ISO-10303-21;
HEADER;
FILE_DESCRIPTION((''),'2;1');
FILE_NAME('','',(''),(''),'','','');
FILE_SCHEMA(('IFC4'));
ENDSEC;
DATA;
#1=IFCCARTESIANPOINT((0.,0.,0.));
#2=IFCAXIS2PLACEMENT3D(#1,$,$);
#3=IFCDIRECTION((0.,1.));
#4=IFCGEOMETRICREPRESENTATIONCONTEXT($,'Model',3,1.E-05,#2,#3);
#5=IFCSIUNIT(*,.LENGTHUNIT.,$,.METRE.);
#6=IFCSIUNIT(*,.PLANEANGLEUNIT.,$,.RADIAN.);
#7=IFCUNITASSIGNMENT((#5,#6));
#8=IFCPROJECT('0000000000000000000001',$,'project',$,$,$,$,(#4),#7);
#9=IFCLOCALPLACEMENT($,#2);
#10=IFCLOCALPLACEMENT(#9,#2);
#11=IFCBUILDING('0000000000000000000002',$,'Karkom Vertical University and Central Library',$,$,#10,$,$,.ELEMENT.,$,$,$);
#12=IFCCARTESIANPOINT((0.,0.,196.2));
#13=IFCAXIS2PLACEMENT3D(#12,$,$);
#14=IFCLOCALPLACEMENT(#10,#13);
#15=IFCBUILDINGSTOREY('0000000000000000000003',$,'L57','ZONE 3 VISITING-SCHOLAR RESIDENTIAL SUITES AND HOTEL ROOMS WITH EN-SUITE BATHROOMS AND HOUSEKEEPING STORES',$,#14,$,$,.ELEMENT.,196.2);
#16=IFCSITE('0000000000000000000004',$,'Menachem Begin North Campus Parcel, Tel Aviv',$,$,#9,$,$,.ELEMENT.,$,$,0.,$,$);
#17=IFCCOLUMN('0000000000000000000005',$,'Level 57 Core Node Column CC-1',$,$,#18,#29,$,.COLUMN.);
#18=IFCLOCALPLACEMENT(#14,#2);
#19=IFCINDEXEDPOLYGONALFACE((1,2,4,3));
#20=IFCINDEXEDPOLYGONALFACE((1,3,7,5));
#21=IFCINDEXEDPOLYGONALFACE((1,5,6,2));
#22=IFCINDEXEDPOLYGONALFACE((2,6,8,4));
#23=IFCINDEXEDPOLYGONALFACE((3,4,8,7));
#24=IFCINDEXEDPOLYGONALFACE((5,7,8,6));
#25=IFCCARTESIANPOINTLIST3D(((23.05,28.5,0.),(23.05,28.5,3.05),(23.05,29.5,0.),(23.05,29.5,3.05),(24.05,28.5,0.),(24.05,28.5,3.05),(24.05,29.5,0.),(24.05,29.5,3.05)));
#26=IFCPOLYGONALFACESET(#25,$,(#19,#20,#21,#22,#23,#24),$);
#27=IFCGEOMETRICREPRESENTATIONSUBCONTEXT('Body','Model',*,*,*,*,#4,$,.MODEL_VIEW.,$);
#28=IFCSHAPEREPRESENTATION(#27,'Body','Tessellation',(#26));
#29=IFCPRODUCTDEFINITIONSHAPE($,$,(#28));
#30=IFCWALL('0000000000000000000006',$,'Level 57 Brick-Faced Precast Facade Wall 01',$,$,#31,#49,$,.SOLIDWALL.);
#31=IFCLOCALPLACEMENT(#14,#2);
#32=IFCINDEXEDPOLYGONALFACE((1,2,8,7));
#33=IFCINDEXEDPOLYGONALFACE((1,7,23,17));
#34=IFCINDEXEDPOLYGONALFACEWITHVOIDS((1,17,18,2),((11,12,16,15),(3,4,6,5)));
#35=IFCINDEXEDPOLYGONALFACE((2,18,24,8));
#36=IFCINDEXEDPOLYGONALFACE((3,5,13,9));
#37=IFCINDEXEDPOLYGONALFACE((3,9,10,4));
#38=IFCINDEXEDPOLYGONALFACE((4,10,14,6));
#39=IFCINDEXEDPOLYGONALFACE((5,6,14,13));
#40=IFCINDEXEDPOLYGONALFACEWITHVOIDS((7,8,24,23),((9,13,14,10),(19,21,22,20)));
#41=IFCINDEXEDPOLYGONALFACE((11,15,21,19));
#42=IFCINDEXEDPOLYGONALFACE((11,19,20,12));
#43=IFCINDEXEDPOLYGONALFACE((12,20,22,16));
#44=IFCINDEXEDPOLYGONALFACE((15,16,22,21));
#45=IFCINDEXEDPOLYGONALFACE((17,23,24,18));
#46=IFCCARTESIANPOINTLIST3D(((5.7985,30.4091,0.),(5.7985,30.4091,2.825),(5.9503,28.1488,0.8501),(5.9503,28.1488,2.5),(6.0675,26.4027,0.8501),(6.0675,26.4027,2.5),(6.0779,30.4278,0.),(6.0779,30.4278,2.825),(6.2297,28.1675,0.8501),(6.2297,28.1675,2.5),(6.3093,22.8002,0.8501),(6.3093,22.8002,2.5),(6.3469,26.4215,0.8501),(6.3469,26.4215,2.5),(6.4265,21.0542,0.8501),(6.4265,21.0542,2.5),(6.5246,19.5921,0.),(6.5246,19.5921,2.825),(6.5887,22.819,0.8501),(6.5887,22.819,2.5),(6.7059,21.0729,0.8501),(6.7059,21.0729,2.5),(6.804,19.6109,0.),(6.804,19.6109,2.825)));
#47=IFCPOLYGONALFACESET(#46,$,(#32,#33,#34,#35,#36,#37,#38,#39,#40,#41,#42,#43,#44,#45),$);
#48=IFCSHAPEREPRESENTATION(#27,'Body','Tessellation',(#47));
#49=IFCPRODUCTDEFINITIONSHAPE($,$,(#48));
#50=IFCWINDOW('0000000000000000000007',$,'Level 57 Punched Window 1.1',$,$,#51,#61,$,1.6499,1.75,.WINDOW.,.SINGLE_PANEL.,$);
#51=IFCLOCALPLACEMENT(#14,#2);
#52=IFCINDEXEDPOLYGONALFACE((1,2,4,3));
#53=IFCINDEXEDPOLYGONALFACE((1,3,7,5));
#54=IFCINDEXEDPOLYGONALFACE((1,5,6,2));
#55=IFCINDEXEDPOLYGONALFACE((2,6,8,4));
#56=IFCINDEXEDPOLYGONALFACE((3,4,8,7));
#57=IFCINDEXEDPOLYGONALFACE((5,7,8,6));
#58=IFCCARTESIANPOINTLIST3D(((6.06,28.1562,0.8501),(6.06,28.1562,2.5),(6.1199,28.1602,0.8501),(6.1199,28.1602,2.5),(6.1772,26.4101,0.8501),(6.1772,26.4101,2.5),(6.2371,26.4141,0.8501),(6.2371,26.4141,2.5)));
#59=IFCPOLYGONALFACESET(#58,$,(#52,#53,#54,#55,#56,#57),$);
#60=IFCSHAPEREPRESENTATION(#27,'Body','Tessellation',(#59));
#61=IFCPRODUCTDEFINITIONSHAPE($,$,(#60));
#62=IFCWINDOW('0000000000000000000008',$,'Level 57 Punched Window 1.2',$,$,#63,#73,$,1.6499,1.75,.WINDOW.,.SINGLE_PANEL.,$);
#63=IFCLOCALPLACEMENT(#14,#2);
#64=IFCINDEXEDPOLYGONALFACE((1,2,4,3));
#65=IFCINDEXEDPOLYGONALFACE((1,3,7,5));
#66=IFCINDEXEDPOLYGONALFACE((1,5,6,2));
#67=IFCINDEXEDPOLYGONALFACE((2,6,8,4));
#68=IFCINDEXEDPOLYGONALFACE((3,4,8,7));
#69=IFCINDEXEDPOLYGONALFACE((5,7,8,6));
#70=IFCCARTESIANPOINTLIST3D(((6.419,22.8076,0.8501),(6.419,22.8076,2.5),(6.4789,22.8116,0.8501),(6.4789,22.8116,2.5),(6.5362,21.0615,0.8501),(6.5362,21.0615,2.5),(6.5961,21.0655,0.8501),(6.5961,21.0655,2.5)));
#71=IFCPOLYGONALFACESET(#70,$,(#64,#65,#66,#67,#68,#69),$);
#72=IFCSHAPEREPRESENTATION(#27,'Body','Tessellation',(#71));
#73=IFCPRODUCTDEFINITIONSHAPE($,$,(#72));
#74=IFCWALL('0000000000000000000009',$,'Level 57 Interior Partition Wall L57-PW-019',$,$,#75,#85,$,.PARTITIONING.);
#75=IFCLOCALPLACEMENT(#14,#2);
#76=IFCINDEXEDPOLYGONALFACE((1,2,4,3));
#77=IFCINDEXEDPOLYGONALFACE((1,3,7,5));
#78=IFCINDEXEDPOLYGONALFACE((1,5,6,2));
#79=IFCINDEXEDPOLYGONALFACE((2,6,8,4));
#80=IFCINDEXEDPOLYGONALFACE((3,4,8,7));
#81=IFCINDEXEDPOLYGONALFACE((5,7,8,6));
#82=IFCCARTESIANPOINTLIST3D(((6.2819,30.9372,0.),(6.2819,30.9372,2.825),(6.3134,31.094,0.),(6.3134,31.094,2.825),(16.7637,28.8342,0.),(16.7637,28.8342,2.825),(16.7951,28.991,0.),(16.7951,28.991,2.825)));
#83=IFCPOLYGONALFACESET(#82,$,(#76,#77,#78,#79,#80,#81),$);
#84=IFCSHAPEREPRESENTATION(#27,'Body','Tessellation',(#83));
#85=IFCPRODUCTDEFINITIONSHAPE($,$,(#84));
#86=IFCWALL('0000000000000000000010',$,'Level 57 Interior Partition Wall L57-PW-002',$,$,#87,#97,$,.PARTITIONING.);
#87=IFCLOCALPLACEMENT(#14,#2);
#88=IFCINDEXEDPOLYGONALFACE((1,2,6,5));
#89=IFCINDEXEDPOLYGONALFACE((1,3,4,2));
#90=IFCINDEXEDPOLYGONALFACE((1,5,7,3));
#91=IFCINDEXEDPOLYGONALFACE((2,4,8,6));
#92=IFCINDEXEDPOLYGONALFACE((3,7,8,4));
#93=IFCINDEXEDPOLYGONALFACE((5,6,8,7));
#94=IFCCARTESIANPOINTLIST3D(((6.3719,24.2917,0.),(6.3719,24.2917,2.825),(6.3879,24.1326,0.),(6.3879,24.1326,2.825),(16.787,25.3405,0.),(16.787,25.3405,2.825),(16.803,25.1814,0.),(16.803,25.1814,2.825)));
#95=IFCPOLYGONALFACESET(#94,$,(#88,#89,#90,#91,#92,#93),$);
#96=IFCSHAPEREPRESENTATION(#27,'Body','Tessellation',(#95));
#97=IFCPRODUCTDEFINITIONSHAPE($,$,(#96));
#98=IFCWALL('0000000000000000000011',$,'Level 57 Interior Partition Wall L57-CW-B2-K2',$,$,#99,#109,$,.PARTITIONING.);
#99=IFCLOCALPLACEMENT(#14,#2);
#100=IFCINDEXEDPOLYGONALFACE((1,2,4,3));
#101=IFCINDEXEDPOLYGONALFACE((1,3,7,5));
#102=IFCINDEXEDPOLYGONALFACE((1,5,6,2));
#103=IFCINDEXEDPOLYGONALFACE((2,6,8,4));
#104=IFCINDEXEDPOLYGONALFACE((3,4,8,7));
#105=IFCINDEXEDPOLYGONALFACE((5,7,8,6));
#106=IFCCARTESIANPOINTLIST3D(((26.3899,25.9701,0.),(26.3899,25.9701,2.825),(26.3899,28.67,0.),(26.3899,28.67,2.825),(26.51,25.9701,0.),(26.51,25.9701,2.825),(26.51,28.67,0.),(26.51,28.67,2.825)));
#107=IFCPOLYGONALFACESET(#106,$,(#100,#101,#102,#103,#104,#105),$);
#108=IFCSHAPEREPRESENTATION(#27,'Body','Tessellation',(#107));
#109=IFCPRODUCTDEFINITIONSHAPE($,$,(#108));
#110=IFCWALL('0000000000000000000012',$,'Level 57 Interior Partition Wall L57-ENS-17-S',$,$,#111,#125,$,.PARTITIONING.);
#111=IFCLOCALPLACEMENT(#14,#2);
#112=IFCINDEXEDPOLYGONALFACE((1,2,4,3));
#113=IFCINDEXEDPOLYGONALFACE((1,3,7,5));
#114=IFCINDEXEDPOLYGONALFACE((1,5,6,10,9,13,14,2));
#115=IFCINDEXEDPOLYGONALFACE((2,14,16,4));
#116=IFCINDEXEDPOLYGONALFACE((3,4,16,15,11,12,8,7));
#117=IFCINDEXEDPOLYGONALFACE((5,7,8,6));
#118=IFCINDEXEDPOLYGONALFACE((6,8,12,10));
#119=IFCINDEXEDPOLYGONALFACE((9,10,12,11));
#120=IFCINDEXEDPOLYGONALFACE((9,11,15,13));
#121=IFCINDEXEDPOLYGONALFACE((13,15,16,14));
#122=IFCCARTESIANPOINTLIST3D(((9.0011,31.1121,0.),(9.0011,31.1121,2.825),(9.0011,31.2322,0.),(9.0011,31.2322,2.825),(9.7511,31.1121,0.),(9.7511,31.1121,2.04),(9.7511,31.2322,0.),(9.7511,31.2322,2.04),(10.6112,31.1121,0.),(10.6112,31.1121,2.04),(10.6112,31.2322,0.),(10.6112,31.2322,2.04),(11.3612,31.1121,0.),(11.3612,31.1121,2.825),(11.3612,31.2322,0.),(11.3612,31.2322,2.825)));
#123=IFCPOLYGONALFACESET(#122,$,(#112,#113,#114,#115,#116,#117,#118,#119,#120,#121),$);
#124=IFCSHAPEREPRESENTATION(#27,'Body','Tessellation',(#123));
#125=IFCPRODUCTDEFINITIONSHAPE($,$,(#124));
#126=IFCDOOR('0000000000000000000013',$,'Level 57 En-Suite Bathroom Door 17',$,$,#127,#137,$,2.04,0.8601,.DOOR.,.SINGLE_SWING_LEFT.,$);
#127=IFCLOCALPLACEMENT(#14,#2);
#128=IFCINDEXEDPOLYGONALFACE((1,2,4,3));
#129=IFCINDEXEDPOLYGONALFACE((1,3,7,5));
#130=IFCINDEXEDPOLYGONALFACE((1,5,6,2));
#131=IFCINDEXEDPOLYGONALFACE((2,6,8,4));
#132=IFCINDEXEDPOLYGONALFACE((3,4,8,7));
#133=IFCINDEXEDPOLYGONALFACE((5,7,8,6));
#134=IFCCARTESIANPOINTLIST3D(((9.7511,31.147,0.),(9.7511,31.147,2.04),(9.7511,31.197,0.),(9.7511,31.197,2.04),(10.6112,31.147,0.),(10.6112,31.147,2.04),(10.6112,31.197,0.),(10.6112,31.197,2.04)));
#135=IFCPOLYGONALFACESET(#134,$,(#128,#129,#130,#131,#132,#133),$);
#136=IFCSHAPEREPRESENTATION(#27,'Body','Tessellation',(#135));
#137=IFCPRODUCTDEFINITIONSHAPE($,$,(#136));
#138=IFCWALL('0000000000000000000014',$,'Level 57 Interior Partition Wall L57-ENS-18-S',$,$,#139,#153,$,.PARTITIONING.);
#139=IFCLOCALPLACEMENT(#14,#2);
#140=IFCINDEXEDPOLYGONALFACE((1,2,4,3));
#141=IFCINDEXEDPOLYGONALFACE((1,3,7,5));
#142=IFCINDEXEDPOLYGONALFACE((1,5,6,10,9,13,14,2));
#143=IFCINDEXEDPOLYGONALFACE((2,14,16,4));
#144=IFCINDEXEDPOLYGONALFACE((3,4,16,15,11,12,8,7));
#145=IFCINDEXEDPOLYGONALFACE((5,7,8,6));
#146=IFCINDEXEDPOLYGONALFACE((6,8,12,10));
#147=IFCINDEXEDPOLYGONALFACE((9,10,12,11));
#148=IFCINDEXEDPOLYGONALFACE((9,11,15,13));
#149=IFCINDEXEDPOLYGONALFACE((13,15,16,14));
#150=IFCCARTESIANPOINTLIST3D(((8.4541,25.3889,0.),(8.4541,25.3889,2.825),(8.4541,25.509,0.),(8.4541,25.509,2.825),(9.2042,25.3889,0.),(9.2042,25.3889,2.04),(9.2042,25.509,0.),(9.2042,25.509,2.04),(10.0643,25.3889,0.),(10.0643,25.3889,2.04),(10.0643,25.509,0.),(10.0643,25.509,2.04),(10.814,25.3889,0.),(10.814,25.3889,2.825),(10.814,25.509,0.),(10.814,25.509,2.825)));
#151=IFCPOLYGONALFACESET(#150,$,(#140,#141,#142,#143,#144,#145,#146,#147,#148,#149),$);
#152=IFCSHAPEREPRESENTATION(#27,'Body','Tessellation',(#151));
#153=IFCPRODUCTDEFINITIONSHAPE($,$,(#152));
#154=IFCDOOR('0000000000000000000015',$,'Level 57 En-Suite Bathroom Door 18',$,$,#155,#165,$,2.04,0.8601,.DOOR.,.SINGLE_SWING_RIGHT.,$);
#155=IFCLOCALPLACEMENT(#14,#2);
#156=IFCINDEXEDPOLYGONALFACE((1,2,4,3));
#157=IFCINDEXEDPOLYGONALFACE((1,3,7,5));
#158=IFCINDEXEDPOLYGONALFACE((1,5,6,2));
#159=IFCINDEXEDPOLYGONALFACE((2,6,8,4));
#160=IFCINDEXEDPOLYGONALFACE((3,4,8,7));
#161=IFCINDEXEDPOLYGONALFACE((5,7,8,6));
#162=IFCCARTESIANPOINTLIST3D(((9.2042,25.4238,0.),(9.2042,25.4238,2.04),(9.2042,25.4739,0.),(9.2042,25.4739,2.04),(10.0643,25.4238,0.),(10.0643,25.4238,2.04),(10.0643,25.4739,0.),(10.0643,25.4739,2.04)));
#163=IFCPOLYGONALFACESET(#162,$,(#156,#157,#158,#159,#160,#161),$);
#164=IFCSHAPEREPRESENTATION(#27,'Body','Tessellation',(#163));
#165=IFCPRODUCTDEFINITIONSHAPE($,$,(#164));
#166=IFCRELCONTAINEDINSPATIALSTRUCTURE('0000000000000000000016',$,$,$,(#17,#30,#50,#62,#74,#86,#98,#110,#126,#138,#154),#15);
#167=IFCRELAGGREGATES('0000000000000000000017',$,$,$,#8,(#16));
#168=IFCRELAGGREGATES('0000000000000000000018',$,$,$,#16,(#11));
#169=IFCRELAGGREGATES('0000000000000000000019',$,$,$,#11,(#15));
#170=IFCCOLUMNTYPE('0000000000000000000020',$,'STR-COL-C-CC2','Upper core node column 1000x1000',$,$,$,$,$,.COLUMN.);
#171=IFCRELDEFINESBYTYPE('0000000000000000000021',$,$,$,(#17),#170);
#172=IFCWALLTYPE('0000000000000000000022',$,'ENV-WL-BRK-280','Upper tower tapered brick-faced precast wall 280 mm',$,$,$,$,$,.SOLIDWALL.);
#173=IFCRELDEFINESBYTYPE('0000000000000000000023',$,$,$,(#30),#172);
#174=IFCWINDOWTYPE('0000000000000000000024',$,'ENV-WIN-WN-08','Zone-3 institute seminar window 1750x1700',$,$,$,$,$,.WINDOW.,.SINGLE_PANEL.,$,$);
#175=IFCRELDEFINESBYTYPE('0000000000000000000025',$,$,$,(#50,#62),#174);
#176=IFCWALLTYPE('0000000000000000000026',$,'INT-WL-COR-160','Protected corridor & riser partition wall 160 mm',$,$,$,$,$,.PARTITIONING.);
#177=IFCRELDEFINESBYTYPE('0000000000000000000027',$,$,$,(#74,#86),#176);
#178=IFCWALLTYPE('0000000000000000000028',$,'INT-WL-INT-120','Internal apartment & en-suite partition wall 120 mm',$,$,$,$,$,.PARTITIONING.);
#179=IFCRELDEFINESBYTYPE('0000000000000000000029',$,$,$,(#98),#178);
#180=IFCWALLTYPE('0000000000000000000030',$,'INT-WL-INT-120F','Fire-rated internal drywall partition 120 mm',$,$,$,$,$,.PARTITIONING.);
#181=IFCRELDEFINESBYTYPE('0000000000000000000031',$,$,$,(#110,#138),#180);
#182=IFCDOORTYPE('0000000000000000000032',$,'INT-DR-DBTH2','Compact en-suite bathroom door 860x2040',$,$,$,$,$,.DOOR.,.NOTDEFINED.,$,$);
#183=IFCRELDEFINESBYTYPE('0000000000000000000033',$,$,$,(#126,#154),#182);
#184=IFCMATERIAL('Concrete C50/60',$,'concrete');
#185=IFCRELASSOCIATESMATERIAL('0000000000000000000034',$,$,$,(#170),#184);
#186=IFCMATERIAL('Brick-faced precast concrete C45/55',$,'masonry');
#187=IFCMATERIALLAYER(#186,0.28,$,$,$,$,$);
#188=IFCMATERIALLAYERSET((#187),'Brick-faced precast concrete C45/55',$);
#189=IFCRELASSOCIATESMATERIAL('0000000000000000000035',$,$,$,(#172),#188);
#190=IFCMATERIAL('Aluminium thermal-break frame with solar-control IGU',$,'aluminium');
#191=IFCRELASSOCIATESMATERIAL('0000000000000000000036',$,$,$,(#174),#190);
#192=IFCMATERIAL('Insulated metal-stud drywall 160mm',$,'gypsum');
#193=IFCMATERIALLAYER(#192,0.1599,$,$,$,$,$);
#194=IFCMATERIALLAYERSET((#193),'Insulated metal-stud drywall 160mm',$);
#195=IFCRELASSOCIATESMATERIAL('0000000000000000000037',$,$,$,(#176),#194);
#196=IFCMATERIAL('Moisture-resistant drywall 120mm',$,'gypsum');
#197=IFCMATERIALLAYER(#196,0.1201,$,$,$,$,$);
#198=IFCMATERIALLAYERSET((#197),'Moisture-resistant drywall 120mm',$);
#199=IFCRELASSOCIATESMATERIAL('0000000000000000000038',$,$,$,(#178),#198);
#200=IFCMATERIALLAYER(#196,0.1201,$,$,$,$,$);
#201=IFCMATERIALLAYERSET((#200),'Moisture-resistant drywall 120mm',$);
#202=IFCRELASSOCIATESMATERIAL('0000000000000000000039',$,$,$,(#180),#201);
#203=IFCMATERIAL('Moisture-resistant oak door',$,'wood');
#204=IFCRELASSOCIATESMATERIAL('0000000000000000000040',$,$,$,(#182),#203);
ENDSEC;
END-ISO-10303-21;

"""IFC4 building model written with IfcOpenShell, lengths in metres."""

from ifc_helpers import new_model, si_unit, direction, frame, frame_2d, origin, origin_with_axes, origin_2d, place, context, subcontext, project, spatial, rectangle, extrude, source, transform, mapped, material, layer, layer_set, material_profile, profile_set, type_object, element, fill, save


model = new_model("IFC4")

# Units and contexts
model_context = context("Model", 3, precision=1e-05, world=origin(), true_north=direction((0.0, 1.0)))
body_context = subcontext(model_context, "Body", "Model", "MODEL_VIEW")
ifc_project = project(units=[si_unit("LENGTHUNIT", "METRE"), si_unit("PLANEANGLEUNIT", "RADIAN")], contexts=[model_context])

# Site, building, storey
site_placement = place(None, origin())
site = spatial("IfcSite", under=ifc_project, at=site_placement, Name="Menachem Begin North Campus Parcel, Tel Aviv", CompositionType="ELEMENT", RefElevation=0.0)
building_placement = place(site_placement, origin())
building = spatial("IfcBuilding", under=site, at=building_placement, Name="Karkom Vertical University and Central Library", CompositionType="ELEMENT")
storey_placement = place(building_placement, frame((0.0, 0.0, 196.2)))
storey = spatial("IfcBuildingStorey", under=building, at=storey_placement, Name="L57", Description="ZONE 3 VISITING-SCHOLAR RESIDENTIAL SUITES AND HOTEL ROOMS WITH EN-SUITE BATHROOMS AND HOUSEKEEPING STORES", CompositionType="ELEMENT", Elevation=196.2)

# Column
ifc_material_1 = material(Name="Concrete C50/60", Category="concrete")
ifc_material_profile = material_profile(ifc_material_1, rectangle(XDim=1.0, YDim=1.0, at=origin_2d()), Name="RC-1000x1000")
ifc_profile_set = profile_set([ifc_material_profile], Name="Concrete C50/60")
column_type = type_object("IfcColumnType", Name="STR-COL-C-CC2", Description="Upper core node column 1000x1000", PredefinedType="COLUMN", material=ifc_profile_set)
shared_shape_1 = source(origin_with_axes(), body_context, "Body", "SweptSolid", [
    extrude(rectangle(XDim=1.0, YDim=1.0, at=origin_2d()), origin(), (0.0, 0.0, 1.0), 3.05),
])
column_placement = place(storey_placement, frame((23.55, 29.0, 0.0), z_axis=(0.0, 0.0, 1.0), x_axis=(1.0, 0.0, 0.0)))
element("IfcColumn", 1, at=column_placement, inside=storey, type_object=column_type, Name="Level 57 Core Node Column CC-1", PredefinedType="COLUMN", context=body_context, shape_type="MappedRepresentation", body=[
    mapped(shared_shape_1, transform((0.0, 0.0, 0.0), scale=1.0)),
])

# Wall, openings, windows
ifc_material_2 = material(Name="Brick-faced precast concrete C45/55", Category="masonry")
ifc_layer_1 = layer(ifc_material_2, 0.28)
ifc_layer_set_1 = layer_set([ifc_layer_1], Name="Brick-faced precast concrete C45/55")
wall_type_1 = type_object("IfcWallType", Name="ENV-WL-BRK-280", Description="Upper tower tapered brick-faced precast wall 280 mm", PredefinedType="SOLIDWALL", material=ifc_layer_set_1)
wall_1_placement = place(storey_placement, frame((5.9382, 30.4185, 0.0), z_axis=(0.0, 0.0, 1.0), x_axis=(0.066973, -0.997755, 0.0)))
wall_1 = element("IfcWall", 2, at=wall_1_placement, inside=storey, type_object=wall_type_1, Name="Level 57 Brick-Faced Precast Facade Wall 01", PredefinedType="SOLIDWALL", context=body_context, shape_type="SweptSolid", body=[
    extrude(rectangle(XDim=10.8413, YDim=0.28, at=frame_2d((5.4207, 0.0))), origin(), (0.0, 0.0, 1.0), 2.825),
])
opening_1_placement = place(wall_1_placement, frame((2.2654, 0.0, 0.8501)))
opening_1 = element("IfcOpeningElement", 3, at=opening_1_placement, cuts=wall_1, PredefinedType="OPENING", context=body_context, shape_type="SweptSolid", body=[
    extrude(rectangle(XDim=1.75, YDim=1.6499, at=frame_2d((0.875, 0.825))), frame((0.0, 0.1499, 0.0), z_axis=(0.0, -1.0, 0.0), x_axis=(1.0, 0.0, 0.0)), (0.0, 0.0, 1.0), 0.3),
])
opening_2_placement = place(wall_1_placement, frame((7.626, 0.0, 0.8501)))
opening_2 = element("IfcOpeningElement", 4, at=opening_2_placement, cuts=wall_1, PredefinedType="OPENING", context=body_context, shape_type="SweptSolid", body=[
    extrude(rectangle(XDim=1.75, YDim=1.6499, at=frame_2d((0.875, 0.825))), frame((0.0, 0.1499, 0.0), z_axis=(0.0, -1.0, 0.0), x_axis=(1.0, 0.0, 0.0)), (0.0, 0.0, 1.0), 0.3),
])
ifc_material_3 = material(Name="Aluminium thermal-break frame with solar-control IGU", Category="aluminium")
window_type = type_object("IfcWindowType", Name="ENV-WIN-WN-08", Description="Zone-3 institute seminar window 1750x1700", PartitioningType="SINGLE_PANEL", PredefinedType="WINDOW", material=ifc_material_3)
shared_shape_2 = source(origin_with_axes(), body_context, "Body", "SweptSolid", [
    extrude(rectangle(XDim=1.75, YDim=1.6499, at=frame_2d((0.875, 0.825))), frame((0.0, 0.03, 0.0), z_axis=(0.0, -1.0, 0.0), x_axis=(1.0, 0.0, 0.0)), (0.0, 0.0, 1.0), 0.0601),
])
window_1_placement = place(opening_1_placement, origin())
window_1 = element("IfcWindow", 5, at=window_1_placement, inside=storey, type_object=window_type, Name="Level 57 Punched Window 1.1", OverallHeight=1.6499, OverallWidth=1.75, PartitioningType="SINGLE_PANEL", PredefinedType="WINDOW", context=body_context, shape_type="MappedRepresentation", body=[
    mapped(shared_shape_2, transform((0.0, 0.0, 0.0), scale=1.0)),
])
fill(opening_1, window_1)
window_2_placement = place(opening_2_placement, origin())
window_2 = element("IfcWindow", 6, at=window_2_placement, inside=storey, type_object=window_type, Name="Level 57 Punched Window 1.2", OverallHeight=1.6499, OverallWidth=1.75, PartitioningType="SINGLE_PANEL", PredefinedType="WINDOW", context=body_context, shape_type="MappedRepresentation", body=[
    mapped(shared_shape_2, transform((0.0, 0.0, 0.0), scale=1.0)),
])
fill(opening_2, window_2)

# Walls
ifc_material_4 = material(Name="Insulated metal-stud drywall 160mm", Category="gypsum")
ifc_layer_2 = layer(ifc_material_4, 0.1599)
ifc_layer_set_2 = layer_set([ifc_layer_2], Name="Insulated metal-stud drywall 160mm")
wall_type_2 = type_object("IfcWallType", Name="INT-WL-COR-160", Description="Protected corridor & riser partition wall 160 mm", PredefinedType="PARTITIONING", material=ifc_layer_set_2)
wall_2_placement = place(storey_placement, frame((16.7793, 28.9126, 0.0), z_axis=(0.0, 0.0, 1.0), x_axis=(-0.98046, 0.196718, 0.0)))
element("IfcWall", 7, at=wall_2_placement, inside=storey, type_object=wall_type_2, Name="Level 57 Interior Partition Wall L57-PW-019", PredefinedType="PARTITIONING", context=body_context, shape_type="SweptSolid", body=[
    extrude(rectangle(XDim=10.6907, YDim=0.1599, at=frame_2d((5.3452, 0.0))), origin(), (0.0, 0.0, 1.0), 2.825),
])
wall_3_placement = place(storey_placement, frame((6.3799, 24.2122, 0.0), z_axis=(0.0, 0.0, 1.0), x_axis=(0.994968, 0.100196, 0.0)))
element("IfcWall", 8, at=wall_3_placement, inside=storey, type_object=wall_type_2, Name="Level 57 Interior Partition Wall L57-PW-002", PredefinedType="PARTITIONING", context=body_context, shape_type="SweptSolid", body=[
    extrude(rectangle(XDim=10.4678, YDim=0.1599, at=frame_2d((5.2339, 0.0))), origin(), (0.0, 0.0, 1.0), 2.825),
])
ifc_material_5 = material(Name="Moisture-resistant drywall 120mm", Category="gypsum")
ifc_layer_3 = layer(ifc_material_5, 0.1201)
ifc_layer_set_3 = layer_set([ifc_layer_3], Name="Moisture-resistant drywall 120mm")
wall_type_3 = type_object("IfcWallType", Name="INT-WL-INT-120", Description="Internal apartment & en-suite partition wall 120 mm", PredefinedType="PARTITIONING", material=ifc_layer_set_3)
wall_4_placement = place(storey_placement, frame((26.45, 25.97, 0.0), z_axis=(0.0, 0.0, 1.0), x_axis=(0.0, 1.0, 0.0)))
element("IfcWall", 9, at=wall_4_placement, inside=storey, type_object=wall_type_3, Name="Level 57 Interior Partition Wall L57-CW-B2-K2", PredefinedType="PARTITIONING", context=body_context, shape_type="SweptSolid", body=[
    extrude(rectangle(XDim=2.7, YDim=0.1201, at=frame_2d((1.3501, 0.0))), origin(), (0.0, 0.0, 1.0), 2.825),
])

# Walls, openings, doors
ifc_layer_4 = layer(ifc_material_5, 0.1201)
ifc_layer_set_4 = layer_set([ifc_layer_4], Name="Moisture-resistant drywall 120mm")
wall_type_4 = type_object("IfcWallType", Name="INT-WL-INT-120F", Description="Fire-rated internal drywall partition 120 mm", PredefinedType="PARTITIONING", material=ifc_layer_set_4)
wall_5_placement = place(storey_placement, frame((9.001, 31.1721, 0.0), z_axis=(0.0, 0.0, 1.0), x_axis=(1.0, 0.0, 0.0)))
wall_5 = element("IfcWall", 10, at=wall_5_placement, inside=storey, type_object=wall_type_4, Name="Level 57 Interior Partition Wall L57-ENS-17-S", PredefinedType="PARTITIONING", context=body_context, shape_type="SweptSolid", body=[
    extrude(rectangle(XDim=2.3601, YDim=0.1201, at=frame_2d((1.1802, 0.0))), origin(), (0.0, 0.0, 1.0), 2.825),
])
opening_3_placement = place(wall_5_placement, frame((0.75, 0.0, 0.0)))
opening_3 = element("IfcOpeningElement", 11, at=opening_3_placement, cuts=wall_5, PredefinedType="OPENING", context=body_context, shape_type="SweptSolid", body=[
    extrude(rectangle(XDim=0.8601, YDim=2.04, at=frame_2d((0.4302, 1.02))), frame((0.0, 0.0701, 0.0), z_axis=(0.0, -1.0, 0.0), x_axis=(1.0, 0.0, 0.0)), (0.0, 0.0, 1.0), 0.1401),
])
ifc_material_6 = material(Name="Moisture-resistant oak door", Category="wood")
door_type_1 = type_object("IfcDoorType", Name="INT-DR-DBTH2", Description="Compact en-suite bathroom door 860x2040", OperationType="NOTDEFINED", PredefinedType="DOOR", material=ifc_material_6)
shared_shape_3 = source(origin_with_axes(), body_context, "Body", "SweptSolid", [
    extrude(rectangle(XDim=0.8601, YDim=2.04, at=frame_2d((0.4302, 1.02))), frame((0.0, 0.0249, 0.0), z_axis=(0.0, -1.0, 0.0), x_axis=(1.0, 0.0, 0.0)), (0.0, 0.0, 1.0), 0.05),
])
door_1_placement = place(opening_3_placement, origin())
door_1 = element("IfcDoor", 12, at=door_1_placement, inside=storey, type_object=door_type_1, Name="Level 57 En-Suite Bathroom Door 17", OperationType="SINGLE_SWING_LEFT", OverallHeight=2.04, OverallWidth=0.8601, PredefinedType="DOOR", context=body_context, shape_type="MappedRepresentation", body=[
    mapped(shared_shape_3, transform((0.0, 0.0, 0.0), scale=1.0)),
])
fill(opening_3, door_1)
wall_6_placement = place(storey_placement, frame((8.4541, 25.449, 0.0), z_axis=(0.0, 0.0, 1.0), x_axis=(1.0, 0.0, 0.0)))
wall_6 = element("IfcWall", 13, at=wall_6_placement, inside=storey, type_object=wall_type_4, Name="Level 57 Interior Partition Wall L57-ENS-18-S", PredefinedType="PARTITIONING", context=body_context, shape_type="SweptSolid", body=[
    extrude(rectangle(XDim=2.3599, YDim=0.1201, at=frame_2d((1.1799, 0.0))), origin(), (0.0, 0.0, 1.0), 2.825),
])
opening_4_placement = place(wall_6_placement, frame((0.75, 0.0, 0.0)))
opening_4 = element("IfcOpeningElement", 14, at=opening_4_placement, cuts=wall_6, PredefinedType="OPENING", context=body_context, shape_type="SweptSolid", body=[
    extrude(rectangle(XDim=0.8601, YDim=2.04, at=frame_2d((0.4302, 1.02))), frame((0.0, 0.0701, 0.0), z_axis=(0.0, -1.0, 0.0), x_axis=(1.0, 0.0, 0.0)), (0.0, 0.0, 1.0), 0.1401),
])
door_2_placement = place(opening_4_placement, origin())
door_2 = element("IfcDoor", 15, at=door_2_placement, inside=storey, type_object=door_type_1, Name="Level 57 En-Suite Bathroom Door 18", OperationType="SINGLE_SWING_RIGHT", OverallHeight=2.04, OverallWidth=0.8601, PredefinedType="DOOR", context=body_context, shape_type="MappedRepresentation", body=[
    mapped(shared_shape_3, transform((0.0, 0.0, 0.0), scale=1.0)),
])
fill(opening_4, door_2)

save(model, "model.ifc")
